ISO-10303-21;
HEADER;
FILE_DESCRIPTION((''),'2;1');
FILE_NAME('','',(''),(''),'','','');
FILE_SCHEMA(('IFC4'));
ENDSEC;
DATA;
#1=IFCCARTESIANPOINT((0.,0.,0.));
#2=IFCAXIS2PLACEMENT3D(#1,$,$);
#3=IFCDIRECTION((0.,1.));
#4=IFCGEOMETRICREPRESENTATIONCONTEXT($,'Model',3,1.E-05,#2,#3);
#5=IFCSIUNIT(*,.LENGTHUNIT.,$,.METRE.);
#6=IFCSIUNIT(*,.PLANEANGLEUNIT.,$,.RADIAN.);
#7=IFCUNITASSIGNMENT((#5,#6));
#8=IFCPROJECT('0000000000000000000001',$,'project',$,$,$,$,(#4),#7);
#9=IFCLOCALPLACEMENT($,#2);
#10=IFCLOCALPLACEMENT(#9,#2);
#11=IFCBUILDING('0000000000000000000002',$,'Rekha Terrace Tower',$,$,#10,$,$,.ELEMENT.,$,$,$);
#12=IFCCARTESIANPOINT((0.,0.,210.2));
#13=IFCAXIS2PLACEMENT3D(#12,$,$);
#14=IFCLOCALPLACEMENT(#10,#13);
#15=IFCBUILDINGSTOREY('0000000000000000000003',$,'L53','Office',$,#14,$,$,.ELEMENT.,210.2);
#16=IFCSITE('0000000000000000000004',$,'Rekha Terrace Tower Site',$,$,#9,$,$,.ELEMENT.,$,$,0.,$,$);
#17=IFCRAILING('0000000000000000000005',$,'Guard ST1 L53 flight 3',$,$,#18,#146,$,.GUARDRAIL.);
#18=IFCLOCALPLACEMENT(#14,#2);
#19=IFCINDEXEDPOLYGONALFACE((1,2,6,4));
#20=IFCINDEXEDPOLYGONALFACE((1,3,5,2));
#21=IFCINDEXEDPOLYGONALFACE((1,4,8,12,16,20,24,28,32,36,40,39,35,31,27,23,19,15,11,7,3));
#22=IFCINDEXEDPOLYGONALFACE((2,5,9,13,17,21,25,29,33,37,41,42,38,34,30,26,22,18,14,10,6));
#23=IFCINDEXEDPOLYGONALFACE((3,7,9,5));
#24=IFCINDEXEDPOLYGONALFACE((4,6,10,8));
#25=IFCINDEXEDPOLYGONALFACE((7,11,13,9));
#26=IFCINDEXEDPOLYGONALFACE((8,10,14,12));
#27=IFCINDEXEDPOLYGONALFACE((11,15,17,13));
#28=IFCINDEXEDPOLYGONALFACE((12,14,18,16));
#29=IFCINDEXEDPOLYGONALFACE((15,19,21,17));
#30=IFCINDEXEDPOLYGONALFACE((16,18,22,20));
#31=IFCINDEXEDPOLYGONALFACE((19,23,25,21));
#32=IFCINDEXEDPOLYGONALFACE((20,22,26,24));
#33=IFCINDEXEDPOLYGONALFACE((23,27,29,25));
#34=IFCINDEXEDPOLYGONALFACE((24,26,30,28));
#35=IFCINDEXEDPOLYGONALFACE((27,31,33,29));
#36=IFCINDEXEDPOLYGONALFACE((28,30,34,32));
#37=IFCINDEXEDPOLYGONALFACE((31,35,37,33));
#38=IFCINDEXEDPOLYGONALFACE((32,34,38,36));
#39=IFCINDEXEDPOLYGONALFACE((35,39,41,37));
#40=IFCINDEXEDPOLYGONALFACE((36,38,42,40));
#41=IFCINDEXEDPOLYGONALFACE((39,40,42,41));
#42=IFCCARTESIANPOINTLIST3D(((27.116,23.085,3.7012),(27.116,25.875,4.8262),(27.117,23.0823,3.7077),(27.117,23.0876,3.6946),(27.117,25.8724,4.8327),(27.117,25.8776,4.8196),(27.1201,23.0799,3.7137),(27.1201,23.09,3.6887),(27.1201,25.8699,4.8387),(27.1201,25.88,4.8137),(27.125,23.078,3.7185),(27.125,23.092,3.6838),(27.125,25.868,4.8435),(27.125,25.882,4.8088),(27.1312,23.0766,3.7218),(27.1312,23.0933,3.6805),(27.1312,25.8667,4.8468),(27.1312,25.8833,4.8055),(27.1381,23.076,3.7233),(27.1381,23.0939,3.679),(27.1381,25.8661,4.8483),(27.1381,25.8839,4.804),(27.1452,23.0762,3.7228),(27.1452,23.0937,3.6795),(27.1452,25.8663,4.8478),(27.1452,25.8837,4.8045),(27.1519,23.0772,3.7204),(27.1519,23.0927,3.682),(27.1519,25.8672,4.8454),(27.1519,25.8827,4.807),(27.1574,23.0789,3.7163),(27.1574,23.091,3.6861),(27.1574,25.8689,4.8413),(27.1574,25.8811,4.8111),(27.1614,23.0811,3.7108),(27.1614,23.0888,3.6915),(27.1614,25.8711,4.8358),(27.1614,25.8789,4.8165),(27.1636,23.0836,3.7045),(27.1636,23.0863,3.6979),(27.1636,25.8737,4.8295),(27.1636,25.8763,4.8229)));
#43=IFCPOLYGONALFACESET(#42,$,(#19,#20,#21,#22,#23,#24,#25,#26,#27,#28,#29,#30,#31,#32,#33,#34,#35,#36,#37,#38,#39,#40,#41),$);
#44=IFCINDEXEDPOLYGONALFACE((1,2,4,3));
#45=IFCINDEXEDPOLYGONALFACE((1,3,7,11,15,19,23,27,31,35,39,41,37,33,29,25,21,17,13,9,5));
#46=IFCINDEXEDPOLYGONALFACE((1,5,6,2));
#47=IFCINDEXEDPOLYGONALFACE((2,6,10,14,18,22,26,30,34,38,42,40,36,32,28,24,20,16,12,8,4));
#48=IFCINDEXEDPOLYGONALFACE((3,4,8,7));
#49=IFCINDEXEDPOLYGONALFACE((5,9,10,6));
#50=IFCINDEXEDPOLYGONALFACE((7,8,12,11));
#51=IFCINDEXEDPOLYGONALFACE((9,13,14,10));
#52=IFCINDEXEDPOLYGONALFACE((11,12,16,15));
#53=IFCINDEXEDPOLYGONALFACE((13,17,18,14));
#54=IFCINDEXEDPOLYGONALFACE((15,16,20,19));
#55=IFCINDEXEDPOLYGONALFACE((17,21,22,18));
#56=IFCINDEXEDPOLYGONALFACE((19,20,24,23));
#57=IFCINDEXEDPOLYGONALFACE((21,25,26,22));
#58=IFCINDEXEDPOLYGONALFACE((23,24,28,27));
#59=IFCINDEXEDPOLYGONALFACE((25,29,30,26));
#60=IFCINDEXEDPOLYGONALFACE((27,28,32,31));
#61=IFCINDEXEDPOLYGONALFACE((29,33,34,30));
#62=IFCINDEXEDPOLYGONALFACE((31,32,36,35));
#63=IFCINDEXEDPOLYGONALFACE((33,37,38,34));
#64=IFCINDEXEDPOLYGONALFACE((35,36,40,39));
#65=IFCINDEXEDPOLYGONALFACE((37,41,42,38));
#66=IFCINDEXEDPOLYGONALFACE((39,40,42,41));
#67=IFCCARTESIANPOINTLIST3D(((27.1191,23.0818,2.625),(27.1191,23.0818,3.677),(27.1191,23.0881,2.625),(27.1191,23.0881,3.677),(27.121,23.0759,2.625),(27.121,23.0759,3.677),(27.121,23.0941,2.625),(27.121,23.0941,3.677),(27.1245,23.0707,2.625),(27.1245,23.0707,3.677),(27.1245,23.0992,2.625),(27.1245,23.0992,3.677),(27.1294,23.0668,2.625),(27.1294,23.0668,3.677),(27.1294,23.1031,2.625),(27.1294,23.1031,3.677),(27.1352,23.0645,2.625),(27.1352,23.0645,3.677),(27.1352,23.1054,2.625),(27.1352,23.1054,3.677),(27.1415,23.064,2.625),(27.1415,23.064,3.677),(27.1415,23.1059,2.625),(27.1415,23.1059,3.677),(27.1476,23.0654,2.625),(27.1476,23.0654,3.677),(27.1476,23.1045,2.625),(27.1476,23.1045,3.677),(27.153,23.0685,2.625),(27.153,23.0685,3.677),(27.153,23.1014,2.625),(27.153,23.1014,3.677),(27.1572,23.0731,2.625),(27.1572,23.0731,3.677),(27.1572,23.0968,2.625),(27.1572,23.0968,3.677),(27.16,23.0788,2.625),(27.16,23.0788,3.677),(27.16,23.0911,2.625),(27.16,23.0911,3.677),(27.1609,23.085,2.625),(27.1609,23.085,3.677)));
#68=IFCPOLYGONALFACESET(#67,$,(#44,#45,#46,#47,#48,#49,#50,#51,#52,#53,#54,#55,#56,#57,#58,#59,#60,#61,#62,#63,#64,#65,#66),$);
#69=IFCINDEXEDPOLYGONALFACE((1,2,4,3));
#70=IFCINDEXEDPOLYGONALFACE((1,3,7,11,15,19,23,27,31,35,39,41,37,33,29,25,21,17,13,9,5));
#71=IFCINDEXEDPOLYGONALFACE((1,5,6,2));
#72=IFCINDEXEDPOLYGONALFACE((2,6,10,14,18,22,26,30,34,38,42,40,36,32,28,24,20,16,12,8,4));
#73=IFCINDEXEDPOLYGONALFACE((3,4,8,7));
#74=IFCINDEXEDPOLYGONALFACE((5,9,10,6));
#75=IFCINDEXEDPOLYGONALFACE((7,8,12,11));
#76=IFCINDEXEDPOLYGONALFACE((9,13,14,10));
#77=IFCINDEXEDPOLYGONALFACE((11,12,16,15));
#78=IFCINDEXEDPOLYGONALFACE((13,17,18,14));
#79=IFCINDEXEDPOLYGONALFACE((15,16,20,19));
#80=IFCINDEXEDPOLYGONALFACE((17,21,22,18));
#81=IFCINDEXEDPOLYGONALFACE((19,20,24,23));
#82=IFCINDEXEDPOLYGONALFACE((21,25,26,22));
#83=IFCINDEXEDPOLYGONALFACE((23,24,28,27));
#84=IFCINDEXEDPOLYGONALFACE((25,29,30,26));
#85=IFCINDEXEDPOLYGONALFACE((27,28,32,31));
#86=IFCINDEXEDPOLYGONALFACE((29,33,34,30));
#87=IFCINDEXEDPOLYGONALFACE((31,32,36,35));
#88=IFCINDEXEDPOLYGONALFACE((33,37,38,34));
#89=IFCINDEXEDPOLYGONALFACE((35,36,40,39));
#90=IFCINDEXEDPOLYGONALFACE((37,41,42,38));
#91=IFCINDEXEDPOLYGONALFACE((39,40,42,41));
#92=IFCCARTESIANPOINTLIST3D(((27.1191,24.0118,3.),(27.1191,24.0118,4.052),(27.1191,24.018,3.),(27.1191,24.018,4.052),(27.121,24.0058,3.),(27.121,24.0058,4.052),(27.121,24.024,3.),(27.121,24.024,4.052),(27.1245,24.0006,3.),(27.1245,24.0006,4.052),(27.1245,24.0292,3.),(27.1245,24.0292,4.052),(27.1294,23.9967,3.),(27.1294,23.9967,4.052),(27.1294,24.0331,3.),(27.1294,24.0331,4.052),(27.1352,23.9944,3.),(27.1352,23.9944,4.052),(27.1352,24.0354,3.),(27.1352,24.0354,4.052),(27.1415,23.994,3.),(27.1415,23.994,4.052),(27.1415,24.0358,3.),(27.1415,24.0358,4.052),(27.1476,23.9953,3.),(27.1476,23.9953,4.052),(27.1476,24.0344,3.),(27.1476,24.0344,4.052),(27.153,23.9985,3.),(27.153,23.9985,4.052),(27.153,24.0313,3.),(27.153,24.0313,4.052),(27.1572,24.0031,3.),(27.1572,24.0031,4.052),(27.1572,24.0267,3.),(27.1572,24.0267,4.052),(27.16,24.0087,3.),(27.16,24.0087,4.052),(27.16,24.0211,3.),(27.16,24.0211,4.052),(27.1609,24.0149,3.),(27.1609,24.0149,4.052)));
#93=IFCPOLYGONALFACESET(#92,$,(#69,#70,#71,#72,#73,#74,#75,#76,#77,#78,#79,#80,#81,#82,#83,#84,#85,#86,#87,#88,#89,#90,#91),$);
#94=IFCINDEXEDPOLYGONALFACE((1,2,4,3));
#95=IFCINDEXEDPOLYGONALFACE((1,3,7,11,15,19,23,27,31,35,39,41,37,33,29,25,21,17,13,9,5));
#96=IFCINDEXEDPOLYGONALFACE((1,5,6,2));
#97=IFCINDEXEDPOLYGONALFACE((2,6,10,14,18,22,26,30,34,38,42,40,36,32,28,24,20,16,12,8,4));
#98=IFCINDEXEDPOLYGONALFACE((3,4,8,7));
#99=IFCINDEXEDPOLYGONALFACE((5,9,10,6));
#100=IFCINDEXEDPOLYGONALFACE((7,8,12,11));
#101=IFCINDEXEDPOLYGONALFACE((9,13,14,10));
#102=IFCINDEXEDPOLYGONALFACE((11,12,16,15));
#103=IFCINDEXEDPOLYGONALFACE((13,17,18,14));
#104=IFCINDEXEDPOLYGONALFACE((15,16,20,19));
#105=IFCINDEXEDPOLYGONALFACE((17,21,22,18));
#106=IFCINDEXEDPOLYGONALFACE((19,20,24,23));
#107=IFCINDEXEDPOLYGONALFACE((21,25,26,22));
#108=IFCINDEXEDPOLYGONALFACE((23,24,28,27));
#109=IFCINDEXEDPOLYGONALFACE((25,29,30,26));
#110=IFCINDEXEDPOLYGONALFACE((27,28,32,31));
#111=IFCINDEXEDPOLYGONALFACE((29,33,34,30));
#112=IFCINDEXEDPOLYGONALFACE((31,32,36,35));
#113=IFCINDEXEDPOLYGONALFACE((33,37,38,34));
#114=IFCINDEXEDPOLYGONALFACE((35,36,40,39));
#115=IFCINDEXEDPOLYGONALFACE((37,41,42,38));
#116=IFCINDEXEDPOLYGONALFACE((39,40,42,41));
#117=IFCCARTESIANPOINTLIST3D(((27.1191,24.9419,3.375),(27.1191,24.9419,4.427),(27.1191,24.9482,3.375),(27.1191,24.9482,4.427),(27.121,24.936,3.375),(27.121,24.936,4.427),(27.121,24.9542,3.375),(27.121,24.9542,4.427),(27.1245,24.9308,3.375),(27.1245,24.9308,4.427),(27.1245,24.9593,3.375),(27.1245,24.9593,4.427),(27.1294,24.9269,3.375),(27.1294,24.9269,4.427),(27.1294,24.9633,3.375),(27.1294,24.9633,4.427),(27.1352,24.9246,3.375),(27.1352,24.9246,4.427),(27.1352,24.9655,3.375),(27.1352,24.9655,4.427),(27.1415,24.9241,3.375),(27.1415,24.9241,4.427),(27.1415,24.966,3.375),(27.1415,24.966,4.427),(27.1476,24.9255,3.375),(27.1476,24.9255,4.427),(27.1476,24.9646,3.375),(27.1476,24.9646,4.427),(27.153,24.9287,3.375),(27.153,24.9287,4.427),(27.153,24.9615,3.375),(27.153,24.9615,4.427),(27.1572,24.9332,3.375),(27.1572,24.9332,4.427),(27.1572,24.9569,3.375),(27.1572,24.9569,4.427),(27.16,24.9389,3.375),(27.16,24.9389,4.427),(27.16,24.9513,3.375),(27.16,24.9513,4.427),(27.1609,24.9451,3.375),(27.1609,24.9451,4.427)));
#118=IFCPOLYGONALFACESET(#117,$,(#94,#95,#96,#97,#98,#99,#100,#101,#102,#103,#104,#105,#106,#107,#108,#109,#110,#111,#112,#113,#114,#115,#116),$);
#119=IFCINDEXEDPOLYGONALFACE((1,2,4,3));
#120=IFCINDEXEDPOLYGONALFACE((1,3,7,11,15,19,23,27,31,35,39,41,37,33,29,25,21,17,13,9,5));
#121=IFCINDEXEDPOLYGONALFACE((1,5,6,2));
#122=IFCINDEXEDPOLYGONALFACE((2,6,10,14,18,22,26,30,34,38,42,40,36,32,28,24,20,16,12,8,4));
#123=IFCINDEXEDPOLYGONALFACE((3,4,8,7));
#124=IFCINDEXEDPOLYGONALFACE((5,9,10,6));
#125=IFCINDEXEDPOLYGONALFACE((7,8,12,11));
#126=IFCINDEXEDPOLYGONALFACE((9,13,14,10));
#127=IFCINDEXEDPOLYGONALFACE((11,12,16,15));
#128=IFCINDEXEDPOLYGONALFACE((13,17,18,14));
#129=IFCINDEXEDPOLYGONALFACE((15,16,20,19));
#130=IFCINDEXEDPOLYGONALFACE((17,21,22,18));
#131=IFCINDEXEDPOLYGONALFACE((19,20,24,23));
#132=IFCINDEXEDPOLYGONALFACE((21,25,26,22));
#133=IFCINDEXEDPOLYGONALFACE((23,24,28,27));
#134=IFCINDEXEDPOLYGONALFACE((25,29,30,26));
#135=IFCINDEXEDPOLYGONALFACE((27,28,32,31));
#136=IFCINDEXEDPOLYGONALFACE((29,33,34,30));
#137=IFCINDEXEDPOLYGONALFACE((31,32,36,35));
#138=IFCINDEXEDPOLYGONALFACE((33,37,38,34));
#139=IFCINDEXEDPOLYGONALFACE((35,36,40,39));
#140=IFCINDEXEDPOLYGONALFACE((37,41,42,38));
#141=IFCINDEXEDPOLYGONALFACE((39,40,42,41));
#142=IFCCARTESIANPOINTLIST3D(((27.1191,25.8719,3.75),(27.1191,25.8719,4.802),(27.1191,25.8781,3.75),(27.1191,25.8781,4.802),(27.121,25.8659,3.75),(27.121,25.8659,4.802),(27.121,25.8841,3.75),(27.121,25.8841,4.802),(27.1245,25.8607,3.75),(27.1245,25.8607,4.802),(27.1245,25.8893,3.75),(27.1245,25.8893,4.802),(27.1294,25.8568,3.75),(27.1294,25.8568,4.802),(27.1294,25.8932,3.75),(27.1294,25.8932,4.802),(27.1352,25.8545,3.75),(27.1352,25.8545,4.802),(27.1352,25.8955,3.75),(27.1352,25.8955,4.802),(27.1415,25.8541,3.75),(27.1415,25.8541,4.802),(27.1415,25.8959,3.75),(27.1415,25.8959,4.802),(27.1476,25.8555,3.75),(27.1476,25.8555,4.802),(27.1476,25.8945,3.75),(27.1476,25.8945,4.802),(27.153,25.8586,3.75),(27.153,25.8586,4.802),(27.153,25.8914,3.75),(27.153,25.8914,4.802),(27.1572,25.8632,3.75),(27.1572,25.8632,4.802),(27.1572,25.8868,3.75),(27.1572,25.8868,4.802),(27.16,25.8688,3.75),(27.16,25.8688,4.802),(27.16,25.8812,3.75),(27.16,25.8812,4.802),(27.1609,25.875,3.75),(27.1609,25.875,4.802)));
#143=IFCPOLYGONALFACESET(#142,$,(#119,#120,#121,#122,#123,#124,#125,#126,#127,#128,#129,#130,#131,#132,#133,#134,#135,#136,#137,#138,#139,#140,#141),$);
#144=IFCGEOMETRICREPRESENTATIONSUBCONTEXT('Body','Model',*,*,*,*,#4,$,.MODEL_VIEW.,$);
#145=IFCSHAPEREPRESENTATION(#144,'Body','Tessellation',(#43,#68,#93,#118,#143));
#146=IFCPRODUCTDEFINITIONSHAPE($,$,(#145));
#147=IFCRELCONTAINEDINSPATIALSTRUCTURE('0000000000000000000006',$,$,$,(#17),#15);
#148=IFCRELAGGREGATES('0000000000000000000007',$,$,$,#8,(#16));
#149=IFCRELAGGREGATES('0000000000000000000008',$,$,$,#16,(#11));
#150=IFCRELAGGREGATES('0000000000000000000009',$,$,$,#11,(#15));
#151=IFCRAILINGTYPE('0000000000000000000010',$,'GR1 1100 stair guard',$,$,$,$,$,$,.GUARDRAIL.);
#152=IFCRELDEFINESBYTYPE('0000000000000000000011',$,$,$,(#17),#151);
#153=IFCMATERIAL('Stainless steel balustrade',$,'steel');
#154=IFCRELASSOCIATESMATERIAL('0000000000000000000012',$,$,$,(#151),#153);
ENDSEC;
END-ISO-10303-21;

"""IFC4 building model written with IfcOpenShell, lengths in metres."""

from ifc_helpers import new_model, si_unit, direction, frame, origin, origin_2d, place, context, subcontext, project, spatial, circle, extrude, material, type_object, element, save


model = new_model("IFC4")

# Units and contexts
model_context = context("Model", 3, precision=1e-05, world=origin(), true_north=direction((0.0, 1.0)))
body_context = subcontext(model_context, "Body", "Model", "MODEL_VIEW")
ifc_project = project(units=[si_unit("LENGTHUNIT", "METRE"), si_unit("PLANEANGLEUNIT", "RADIAN")], contexts=[model_context])

# Site, building, storey
site_placement = place(None, origin())
site = spatial("IfcSite", under=ifc_project, at=site_placement, Name="Rekha Terrace Tower Site", CompositionType="ELEMENT", RefElevation=0.0)
building_placement = place(site_placement, origin())
building = spatial("IfcBuilding", under=site, at=building_placement, Name="Rekha Terrace Tower", CompositionType="ELEMENT")
storey_placement = place(building_placement, frame((0.0, 0.0, 210.2)))
storey = spatial("IfcBuildingStorey", under=building, at=storey_placement, Name="L53", Description="Office", CompositionType="ELEMENT", Elevation=210.2)

# Railing
ifc_material_1 = material(Name="Stainless steel balustrade", Category="steel")
railing_type_1 = type_object("IfcRailingType", Name="GR1 1100 stair guard", PredefinedType="GUARDRAIL", material=ifc_material_1)
railing_1_placement = place(storey_placement, frame((27.1399, 23.085, 2.625)))
element("IfcRailing", 1, at=railing_1_placement, inside=storey, type_object=railing_type_1, Name="Guard ST1 L53 flight 3", PredefinedType="GUARDRAIL", context=body_context, shape_type="SweptSolid", body=[
    extrude(circle(Radius=0.0239, at=origin_2d()), frame((0.0, 0.0, 1.0762), z_axis=(0.0, 0.927443, 0.373964), x_axis=(-1.0, 0.0, 0.0)), (0.0, 0.0, 1.0), 3.0083),
    extrude(circle(Radius=0.021, at=origin_2d()), origin(), (0.0, 0.0, 1.0), 1.052),
    extrude(circle(Radius=0.021, at=origin_2d()), frame((0.0, 0.9299, 0.375)), (0.0, 0.0, 1.0), 1.052),
    extrude(circle(Radius=0.021, at=origin_2d()), frame((0.0, 1.8601, 0.75)), (0.0, 0.0, 1.0), 1.052),
    extrude(circle(Radius=0.021, at=origin_2d()), frame((0.0, 2.79, 1.125)), (0.0, 0.0, 1.0), 1.052),
])

save(model, "model.ifc")
